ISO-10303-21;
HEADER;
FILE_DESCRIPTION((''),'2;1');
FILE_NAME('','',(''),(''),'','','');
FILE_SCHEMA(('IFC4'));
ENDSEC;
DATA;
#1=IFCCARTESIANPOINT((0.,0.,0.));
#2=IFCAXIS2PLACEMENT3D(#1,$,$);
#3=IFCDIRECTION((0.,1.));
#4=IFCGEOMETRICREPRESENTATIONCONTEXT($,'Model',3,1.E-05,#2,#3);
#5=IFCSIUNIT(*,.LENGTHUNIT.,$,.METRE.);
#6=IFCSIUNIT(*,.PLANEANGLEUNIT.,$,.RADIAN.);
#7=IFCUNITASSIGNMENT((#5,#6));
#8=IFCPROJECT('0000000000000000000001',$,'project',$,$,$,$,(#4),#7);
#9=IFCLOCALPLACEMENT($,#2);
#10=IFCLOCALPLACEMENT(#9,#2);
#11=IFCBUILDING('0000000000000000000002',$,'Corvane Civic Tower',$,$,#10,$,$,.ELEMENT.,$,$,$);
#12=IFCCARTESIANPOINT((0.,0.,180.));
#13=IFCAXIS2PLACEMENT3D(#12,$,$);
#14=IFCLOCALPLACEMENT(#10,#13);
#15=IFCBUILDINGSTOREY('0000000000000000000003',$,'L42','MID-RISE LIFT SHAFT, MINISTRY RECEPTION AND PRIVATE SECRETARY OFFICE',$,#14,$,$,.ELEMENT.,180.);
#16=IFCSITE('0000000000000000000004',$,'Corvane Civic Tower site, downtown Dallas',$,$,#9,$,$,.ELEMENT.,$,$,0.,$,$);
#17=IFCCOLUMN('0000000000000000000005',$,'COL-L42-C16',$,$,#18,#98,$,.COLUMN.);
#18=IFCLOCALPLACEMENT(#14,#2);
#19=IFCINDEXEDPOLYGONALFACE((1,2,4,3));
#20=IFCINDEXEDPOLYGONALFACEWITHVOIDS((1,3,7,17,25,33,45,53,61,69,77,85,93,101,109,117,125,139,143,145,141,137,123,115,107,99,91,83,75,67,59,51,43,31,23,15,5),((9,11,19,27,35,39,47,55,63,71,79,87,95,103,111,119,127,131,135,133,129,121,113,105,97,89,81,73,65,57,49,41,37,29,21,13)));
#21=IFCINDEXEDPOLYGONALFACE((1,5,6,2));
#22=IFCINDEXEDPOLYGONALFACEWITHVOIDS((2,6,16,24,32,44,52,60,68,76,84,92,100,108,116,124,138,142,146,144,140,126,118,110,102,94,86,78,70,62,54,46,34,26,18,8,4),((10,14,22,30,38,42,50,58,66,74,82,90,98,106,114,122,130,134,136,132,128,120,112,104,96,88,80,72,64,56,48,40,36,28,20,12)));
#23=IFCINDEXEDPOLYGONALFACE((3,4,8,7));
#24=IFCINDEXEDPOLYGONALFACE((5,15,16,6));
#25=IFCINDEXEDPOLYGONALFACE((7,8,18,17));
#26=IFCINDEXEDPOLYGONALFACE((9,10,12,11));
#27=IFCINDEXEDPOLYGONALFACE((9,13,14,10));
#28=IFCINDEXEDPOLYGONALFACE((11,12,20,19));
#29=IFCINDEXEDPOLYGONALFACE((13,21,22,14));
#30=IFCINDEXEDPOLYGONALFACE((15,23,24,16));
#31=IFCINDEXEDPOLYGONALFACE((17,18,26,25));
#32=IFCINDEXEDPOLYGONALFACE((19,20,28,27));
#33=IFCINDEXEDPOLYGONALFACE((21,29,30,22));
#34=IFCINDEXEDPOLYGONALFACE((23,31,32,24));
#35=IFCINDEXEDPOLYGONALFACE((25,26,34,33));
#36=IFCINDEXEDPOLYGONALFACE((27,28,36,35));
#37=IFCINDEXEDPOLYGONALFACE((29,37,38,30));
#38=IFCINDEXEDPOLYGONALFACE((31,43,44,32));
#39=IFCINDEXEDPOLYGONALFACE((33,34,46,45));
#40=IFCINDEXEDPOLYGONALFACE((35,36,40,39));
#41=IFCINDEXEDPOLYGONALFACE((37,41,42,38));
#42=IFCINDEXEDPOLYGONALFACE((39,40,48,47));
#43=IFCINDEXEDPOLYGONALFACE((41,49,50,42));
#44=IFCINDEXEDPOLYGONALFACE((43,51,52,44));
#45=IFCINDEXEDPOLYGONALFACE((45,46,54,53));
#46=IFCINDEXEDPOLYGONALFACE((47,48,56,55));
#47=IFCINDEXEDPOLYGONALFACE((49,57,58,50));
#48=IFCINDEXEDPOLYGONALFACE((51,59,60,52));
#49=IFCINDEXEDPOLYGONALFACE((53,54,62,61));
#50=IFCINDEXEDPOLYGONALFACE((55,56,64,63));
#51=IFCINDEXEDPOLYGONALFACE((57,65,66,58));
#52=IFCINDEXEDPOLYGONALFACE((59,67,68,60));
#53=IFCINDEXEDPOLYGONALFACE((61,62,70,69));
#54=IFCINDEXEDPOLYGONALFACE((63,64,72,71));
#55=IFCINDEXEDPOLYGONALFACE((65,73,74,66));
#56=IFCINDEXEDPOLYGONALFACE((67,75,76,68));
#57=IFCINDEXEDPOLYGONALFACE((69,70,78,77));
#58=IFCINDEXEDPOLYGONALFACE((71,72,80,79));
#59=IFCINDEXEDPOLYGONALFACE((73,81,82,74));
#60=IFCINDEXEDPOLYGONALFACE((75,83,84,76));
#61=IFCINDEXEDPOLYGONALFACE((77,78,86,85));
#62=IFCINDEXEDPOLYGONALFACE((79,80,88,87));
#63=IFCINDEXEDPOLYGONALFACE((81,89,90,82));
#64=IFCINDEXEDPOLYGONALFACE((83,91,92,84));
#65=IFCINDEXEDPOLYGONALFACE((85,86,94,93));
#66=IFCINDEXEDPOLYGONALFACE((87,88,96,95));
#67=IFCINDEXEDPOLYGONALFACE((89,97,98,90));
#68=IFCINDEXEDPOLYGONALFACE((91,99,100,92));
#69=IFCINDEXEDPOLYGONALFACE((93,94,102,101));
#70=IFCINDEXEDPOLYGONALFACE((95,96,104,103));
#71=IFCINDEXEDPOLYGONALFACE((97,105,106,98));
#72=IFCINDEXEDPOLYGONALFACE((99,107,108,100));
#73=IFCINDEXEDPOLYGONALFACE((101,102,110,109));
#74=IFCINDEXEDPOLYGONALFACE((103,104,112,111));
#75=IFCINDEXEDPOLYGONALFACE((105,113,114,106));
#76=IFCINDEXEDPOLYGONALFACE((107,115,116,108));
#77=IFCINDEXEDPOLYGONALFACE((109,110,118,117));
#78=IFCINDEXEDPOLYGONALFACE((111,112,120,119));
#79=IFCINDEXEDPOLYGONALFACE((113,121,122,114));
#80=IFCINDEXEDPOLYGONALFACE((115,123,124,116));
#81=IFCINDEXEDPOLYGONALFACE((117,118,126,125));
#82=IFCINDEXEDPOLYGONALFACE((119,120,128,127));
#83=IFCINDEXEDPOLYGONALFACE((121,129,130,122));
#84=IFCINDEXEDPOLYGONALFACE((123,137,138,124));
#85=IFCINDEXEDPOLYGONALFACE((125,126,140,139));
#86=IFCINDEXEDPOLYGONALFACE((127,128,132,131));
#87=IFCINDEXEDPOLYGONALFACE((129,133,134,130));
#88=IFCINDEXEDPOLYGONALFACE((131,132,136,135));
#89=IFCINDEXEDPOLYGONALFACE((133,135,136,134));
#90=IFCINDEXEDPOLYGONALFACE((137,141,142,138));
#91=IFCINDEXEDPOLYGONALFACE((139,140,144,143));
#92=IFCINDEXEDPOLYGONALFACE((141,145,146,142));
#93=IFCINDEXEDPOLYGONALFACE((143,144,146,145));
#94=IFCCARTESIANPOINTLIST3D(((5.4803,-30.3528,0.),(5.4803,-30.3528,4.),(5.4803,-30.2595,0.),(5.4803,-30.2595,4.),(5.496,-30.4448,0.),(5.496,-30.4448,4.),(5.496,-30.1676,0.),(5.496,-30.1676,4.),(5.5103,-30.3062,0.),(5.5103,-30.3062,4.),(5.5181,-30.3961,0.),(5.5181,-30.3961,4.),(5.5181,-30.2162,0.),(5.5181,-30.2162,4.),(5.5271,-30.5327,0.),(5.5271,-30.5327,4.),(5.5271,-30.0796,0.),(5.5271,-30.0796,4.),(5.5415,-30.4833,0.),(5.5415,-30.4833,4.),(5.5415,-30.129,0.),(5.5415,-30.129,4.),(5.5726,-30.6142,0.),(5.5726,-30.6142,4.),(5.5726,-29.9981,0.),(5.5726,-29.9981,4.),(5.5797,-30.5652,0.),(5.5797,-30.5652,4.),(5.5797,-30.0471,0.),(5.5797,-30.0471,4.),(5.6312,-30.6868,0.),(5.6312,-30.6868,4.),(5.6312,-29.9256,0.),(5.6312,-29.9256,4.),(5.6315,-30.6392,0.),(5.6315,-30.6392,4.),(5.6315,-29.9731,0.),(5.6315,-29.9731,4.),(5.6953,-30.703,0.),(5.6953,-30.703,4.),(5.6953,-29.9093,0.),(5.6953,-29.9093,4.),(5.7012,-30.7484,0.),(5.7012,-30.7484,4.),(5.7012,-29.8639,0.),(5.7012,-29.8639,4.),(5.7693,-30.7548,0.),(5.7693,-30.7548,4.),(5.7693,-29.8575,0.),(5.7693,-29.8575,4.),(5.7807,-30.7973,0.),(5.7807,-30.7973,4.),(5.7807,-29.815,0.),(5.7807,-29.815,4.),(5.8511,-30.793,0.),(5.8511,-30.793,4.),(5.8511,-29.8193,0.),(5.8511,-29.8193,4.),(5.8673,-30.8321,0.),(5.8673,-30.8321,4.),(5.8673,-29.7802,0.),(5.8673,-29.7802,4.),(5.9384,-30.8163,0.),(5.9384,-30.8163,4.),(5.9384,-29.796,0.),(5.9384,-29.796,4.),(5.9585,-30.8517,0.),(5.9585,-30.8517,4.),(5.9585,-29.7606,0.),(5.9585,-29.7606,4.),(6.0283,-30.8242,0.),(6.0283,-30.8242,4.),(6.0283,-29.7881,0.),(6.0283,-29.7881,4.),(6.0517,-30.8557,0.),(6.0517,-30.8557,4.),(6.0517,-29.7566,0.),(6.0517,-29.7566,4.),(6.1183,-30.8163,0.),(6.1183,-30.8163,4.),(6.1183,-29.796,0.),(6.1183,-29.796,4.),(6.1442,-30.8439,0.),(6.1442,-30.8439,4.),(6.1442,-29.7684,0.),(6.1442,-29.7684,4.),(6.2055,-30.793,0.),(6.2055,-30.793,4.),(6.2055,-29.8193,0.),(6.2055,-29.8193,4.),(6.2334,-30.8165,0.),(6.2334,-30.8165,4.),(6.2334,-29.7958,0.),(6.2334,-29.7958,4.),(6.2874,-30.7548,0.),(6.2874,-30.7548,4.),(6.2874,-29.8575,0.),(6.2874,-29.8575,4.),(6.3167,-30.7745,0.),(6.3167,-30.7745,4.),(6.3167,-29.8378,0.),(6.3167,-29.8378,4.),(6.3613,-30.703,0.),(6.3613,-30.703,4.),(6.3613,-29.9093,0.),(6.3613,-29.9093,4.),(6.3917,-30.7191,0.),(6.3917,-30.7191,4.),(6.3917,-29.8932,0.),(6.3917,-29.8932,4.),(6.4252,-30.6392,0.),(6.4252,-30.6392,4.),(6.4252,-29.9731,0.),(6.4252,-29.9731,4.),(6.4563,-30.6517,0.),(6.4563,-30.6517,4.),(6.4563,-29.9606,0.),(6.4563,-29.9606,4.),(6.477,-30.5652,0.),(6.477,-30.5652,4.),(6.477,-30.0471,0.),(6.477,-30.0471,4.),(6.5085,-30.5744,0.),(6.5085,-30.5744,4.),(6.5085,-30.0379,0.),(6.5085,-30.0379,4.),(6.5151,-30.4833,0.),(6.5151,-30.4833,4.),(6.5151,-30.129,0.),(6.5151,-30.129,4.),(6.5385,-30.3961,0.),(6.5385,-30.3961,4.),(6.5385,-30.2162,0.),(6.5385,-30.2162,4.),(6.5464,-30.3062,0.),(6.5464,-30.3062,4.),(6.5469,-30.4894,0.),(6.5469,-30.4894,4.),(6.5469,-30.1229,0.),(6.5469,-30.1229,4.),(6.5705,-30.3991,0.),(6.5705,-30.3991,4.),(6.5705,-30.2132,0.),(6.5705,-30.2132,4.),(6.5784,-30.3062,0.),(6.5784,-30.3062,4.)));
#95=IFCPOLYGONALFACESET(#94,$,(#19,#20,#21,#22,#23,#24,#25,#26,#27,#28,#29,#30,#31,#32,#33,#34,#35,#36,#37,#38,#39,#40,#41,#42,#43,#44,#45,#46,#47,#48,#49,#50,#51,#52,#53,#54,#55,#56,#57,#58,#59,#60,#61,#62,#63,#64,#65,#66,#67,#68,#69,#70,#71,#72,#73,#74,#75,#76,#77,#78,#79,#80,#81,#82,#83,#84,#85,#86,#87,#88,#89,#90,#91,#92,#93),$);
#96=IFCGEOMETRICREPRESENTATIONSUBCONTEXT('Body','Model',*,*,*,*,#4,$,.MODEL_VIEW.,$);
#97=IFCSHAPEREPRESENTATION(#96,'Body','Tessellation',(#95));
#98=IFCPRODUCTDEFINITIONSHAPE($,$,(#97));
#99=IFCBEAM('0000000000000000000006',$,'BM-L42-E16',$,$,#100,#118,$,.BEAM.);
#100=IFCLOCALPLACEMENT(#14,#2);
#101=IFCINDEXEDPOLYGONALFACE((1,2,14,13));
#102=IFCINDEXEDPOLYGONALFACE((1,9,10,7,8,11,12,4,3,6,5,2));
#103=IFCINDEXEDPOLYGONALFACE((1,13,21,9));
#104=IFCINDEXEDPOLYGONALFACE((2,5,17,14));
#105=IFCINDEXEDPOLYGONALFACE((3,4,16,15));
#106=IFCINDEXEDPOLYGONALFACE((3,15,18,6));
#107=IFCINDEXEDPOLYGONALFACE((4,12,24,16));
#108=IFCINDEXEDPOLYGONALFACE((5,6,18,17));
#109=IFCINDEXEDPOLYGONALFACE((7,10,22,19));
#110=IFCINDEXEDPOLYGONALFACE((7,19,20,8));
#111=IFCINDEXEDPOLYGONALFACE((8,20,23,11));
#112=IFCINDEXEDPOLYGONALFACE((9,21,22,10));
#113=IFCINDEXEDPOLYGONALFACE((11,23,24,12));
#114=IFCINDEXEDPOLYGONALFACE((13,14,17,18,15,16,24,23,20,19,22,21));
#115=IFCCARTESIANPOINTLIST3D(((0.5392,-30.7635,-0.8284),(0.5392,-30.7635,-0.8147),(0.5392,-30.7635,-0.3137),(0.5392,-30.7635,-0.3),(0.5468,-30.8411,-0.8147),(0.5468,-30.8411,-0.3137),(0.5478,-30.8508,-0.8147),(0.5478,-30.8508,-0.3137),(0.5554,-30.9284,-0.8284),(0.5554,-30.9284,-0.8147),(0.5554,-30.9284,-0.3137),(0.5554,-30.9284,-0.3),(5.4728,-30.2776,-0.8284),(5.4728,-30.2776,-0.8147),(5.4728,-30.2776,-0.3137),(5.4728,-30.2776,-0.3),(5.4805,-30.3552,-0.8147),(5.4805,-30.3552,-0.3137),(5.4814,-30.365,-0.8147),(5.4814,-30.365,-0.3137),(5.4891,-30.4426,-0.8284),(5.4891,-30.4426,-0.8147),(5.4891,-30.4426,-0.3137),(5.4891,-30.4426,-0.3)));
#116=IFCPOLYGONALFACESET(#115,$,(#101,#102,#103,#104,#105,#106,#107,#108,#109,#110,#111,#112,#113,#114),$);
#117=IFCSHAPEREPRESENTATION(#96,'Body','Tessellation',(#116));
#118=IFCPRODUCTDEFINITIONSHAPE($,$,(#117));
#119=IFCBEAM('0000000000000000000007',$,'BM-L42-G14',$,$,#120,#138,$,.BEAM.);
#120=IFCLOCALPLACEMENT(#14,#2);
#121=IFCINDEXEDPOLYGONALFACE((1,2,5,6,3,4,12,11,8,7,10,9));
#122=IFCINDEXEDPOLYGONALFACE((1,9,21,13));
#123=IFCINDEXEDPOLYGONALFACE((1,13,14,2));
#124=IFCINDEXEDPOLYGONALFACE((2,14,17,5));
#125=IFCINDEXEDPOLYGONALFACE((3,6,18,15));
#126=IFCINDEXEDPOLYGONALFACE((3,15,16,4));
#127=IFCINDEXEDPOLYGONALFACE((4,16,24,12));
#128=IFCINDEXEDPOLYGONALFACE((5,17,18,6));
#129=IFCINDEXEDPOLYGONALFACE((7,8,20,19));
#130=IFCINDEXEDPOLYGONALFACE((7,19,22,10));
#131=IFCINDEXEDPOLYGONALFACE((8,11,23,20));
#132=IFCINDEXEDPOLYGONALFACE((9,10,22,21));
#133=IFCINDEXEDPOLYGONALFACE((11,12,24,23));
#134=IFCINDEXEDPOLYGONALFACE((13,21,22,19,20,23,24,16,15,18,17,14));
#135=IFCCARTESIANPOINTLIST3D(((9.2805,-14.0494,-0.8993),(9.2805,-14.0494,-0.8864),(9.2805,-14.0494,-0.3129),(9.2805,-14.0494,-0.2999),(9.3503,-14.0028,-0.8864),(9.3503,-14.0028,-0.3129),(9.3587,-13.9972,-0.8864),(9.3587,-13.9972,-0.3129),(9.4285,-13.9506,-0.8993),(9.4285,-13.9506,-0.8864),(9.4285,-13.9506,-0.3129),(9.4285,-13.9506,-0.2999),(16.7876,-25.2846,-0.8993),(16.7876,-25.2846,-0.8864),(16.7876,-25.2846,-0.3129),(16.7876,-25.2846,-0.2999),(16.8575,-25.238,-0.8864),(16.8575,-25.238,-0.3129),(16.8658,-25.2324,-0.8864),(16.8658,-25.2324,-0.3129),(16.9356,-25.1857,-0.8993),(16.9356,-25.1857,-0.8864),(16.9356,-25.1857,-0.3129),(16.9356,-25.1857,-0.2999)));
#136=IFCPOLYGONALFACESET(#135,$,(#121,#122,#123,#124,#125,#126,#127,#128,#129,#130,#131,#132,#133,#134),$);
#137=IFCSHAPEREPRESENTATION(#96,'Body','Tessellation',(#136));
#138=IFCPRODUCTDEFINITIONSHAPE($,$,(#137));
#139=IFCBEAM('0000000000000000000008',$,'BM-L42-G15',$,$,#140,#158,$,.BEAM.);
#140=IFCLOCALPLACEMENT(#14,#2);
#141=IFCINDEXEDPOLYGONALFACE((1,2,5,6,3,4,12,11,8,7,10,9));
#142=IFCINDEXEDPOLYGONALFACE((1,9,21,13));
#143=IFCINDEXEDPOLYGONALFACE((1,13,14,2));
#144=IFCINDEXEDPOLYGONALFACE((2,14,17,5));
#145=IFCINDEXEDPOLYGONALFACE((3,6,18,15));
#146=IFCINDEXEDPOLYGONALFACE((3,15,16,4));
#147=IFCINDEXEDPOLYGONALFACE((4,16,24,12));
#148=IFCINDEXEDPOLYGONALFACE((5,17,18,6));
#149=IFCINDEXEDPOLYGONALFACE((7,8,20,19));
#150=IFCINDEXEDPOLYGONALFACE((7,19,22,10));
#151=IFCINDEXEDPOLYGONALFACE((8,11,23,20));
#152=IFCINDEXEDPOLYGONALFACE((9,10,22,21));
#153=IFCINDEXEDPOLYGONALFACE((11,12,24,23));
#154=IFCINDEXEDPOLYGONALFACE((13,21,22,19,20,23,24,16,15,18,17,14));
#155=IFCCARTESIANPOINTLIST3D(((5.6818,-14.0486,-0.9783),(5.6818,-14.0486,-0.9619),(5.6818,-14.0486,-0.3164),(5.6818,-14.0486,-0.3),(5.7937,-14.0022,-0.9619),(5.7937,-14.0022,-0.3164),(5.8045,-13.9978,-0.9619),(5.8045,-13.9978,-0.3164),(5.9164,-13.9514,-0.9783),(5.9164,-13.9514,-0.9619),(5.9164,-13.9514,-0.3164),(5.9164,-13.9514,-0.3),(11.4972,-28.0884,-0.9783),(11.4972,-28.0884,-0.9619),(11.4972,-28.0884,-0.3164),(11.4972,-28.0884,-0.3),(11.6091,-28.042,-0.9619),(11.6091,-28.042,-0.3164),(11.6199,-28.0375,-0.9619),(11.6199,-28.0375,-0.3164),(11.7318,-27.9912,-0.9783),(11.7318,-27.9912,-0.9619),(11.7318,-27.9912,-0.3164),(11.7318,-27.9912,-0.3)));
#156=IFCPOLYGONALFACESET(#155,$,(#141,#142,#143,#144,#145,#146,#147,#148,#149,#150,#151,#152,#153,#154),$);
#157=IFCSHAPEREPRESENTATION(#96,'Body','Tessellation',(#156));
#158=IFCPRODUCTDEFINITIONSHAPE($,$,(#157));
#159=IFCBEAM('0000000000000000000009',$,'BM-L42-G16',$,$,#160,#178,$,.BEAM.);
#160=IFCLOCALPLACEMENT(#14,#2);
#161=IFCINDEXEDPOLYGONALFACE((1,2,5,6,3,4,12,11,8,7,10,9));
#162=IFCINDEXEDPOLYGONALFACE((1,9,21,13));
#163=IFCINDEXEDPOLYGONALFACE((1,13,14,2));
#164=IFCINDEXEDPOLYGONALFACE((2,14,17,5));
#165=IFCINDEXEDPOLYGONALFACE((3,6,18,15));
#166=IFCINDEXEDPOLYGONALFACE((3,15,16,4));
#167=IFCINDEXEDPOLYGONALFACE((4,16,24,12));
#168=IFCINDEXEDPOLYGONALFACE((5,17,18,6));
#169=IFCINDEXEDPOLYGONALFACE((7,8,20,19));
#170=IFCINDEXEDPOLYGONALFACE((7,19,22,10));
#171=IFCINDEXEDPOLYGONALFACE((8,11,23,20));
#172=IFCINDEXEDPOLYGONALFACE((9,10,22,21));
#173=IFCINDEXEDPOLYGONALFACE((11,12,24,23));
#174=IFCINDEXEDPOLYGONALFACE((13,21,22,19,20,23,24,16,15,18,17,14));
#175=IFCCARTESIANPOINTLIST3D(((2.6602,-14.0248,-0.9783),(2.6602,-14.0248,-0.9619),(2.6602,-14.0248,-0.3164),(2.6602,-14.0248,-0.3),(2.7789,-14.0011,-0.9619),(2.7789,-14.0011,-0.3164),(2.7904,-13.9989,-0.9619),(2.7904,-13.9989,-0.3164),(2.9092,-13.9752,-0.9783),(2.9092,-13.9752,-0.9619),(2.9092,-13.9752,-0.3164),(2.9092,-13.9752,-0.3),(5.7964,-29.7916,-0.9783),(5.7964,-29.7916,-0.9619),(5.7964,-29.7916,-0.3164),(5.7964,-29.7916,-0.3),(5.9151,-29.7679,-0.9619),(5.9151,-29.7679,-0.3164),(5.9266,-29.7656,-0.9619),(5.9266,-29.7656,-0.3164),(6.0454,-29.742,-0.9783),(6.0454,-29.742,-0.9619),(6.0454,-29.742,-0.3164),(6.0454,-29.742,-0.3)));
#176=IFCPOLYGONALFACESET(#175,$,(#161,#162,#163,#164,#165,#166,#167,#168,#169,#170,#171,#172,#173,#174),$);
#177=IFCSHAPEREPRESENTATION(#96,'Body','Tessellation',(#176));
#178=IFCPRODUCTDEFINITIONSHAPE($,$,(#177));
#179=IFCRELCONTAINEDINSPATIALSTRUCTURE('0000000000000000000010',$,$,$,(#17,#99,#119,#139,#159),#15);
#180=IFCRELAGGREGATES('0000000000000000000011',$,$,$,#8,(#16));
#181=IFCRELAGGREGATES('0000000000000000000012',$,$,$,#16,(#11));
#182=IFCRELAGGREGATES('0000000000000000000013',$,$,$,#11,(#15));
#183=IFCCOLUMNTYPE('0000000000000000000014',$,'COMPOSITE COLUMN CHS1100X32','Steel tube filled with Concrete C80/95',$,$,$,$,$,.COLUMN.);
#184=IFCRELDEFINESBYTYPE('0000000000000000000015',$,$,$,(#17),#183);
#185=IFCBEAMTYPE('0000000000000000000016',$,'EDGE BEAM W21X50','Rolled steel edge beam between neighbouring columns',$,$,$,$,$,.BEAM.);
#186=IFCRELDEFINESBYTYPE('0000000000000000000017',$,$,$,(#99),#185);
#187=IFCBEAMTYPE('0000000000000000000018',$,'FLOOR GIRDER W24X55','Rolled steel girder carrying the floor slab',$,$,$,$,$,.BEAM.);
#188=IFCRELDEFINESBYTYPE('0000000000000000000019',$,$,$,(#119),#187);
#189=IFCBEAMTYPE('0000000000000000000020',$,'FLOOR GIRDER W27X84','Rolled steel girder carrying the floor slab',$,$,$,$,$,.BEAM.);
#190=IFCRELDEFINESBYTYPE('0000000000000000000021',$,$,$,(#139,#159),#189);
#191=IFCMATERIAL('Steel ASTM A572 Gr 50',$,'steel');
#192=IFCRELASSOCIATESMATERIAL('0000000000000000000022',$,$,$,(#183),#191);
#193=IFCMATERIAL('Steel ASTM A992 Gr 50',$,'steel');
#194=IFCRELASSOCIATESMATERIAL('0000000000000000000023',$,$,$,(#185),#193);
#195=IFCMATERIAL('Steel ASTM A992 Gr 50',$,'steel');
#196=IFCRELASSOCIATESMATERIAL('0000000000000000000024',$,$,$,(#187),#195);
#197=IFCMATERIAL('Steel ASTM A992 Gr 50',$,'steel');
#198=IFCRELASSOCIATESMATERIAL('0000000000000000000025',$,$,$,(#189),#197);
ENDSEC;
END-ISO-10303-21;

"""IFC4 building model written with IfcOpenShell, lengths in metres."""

from ifc_helpers import new_model, si_unit, direction, frame, origin, origin_2d, place, context, subcontext, project, spatial, hollow_circle, i_section, extrude, material, material_profile, profile_set, type_object, element, save


model = new_model("IFC4")

# Units and contexts
model_context = context("Model", 3, precision=1e-05, world=origin(), true_north=direction((0.0, 1.0)))
body_context = subcontext(model_context, "Body", "Model", "MODEL_VIEW")
ifc_project = project(units=[si_unit("LENGTHUNIT", "METRE"), si_unit("PLANEANGLEUNIT", "RADIAN")], contexts=[model_context])

# Site, building, storey
site_placement = place(None, origin())
site = spatial("IfcSite", under=ifc_project, at=site_placement, Name="Corvane Civic Tower site, downtown Dallas", CompositionType="ELEMENT", RefElevation=0.0)
building_placement = place(site_placement, origin())
building = spatial("IfcBuilding", under=site, at=building_placement, Name="Corvane Civic Tower", CompositionType="ELEMENT")
storey_placement = place(building_placement, frame((0.0, 0.0, 180.0)))
storey = spatial("IfcBuildingStorey", under=building, at=storey_placement, Name="L42", Description="MID-RISE LIFT SHAFT, MINISTRY RECEPTION AND PRIVATE SECRETARY OFFICE", CompositionType="ELEMENT", Elevation=180.0)

# Column
ifc_material_1 = material(Name="Steel ASTM A572 Gr 50", Category="steel")
ifc_material_profile_1 = material_profile(ifc_material_1, hollow_circle(Radius=0.55, WallThickness=0.032, at=origin_2d()), Name="CHS1100X32")
ifc_profile_set_1 = profile_set([ifc_material_profile_1], Name="Steel ASTM A572 Gr 50")
column_type = type_object("IfcColumnType", Name="COMPOSITE COLUMN CHS1100X32", Description="Steel tube filled with Concrete C80/95", PredefinedType="COLUMN", material=ifc_profile_set_1)
column_placement = place(storey_placement, frame((6.0283, -30.3062, 0.0), z_axis=(0.0, 0.0, 1.0), x_axis=(1.0, 0.0, 0.0)))
element("IfcColumn", 1, at=column_placement, inside=storey, type_object=column_type, Name="COL-L42-C16", PredefinedType="COLUMN", context=body_context, shape_type="SweptSolid", body=[
    extrude(hollow_circle(Radius=0.55, WallThickness=0.032, at=origin_2d()), origin(), (0.0, 0.0, 1.0), 4.0),
])

# Beams
ifc_material_2 = material(Name="Steel ASTM A992 Gr 50", Category="steel")
ifc_material_profile_2 = material_profile(ifc_material_2, i_section(OverallWidth=0.1658, OverallDepth=0.5283, WebThickness=0.0098, FlangeThickness=0.0137, at=origin_2d()), Name="W21X50")
ifc_profile_set_2 = profile_set([ifc_material_profile_2], Name="Steel ASTM A992 Gr 50")
beam_type_1 = type_object("IfcBeamType", Name="EDGE BEAM W21X50", Description="Rolled steel edge beam between neighbouring columns", PredefinedType="BEAM", material=ifc_profile_set_2)
beam_1_placement = place(storey_placement, frame((5.481, -30.3601, -0.5642), z_axis=(-0.995186, -0.098002, 0.0), x_axis=(0.098002, -0.995186, 0.0)))
element("IfcBeam", 2, at=beam_1_placement, inside=storey, type_object=beam_type_1, Name="BM-L42-E16", PredefinedType="BEAM", context=body_context, shape_type="SweptSolid", body=[
    extrude(i_section(OverallWidth=0.1658, OverallDepth=0.5283, WebThickness=0.0098, FlangeThickness=0.0137, at=origin_2d()), origin(), (0.0, 0.0, 1.0), 4.9575),
])
ifc_material_3 = material(Name="Steel ASTM A992 Gr 50", Category="steel")
ifc_material_profile_3 = material_profile(ifc_material_3, i_section(OverallWidth=0.178, OverallDepth=0.5994, WebThickness=0.01, FlangeThickness=0.0129, at=origin_2d()), Name="W24X55")
ifc_profile_set_3 = profile_set([ifc_material_profile_3], Name="Steel ASTM A992 Gr 50")
beam_type_2 = type_object("IfcBeamType", Name="FLOOR GIRDER W24X55", Description="Rolled steel girder carrying the floor slab", PredefinedType="BEAM", material=ifc_profile_set_3)
beam_2_placement = place(storey_placement, frame((9.3545, -14.0, -0.5996), z_axis=(0.555571, -0.831469, 0.0), x_axis=(0.831469, 0.555571, 0.0)))
element("IfcBeam", 3, at=beam_2_placement, inside=storey, type_object=beam_type_2, Name="BM-L42-G14", PredefinedType="BEAM", context=body_context, shape_type="SweptSolid", body=[
    extrude(i_section(OverallWidth=0.178, OverallDepth=0.5994, WebThickness=0.01, FlangeThickness=0.0129, at=origin_2d()), origin(), (0.0, 0.0, 1.0), 13.5125),
])
ifc_material_4 = material(Name="Steel ASTM A992 Gr 50", Category="steel")
ifc_material_profile_4 = material_profile(ifc_material_4, i_section(OverallWidth=0.2539, OverallDepth=0.6782, WebThickness=0.0117, FlangeThickness=0.0164, at=origin_2d()), Name="W27X84")
ifc_profile_set_4 = profile_set([ifc_material_profile_4], Name="Steel ASTM A992 Gr 50")
beam_type_3 = type_object("IfcBeamType", Name="FLOOR GIRDER W27X84", Description="Rolled steel girder carrying the floor slab", PredefinedType="BEAM", material=ifc_profile_set_4)
beam_3_placement = place(storey_placement, frame((5.7991, -14.0, -0.6392), z_axis=(0.382681, -0.923881, 0.0), x_axis=(0.923881, 0.382681, 0.0)))
element("IfcBeam", 4, at=beam_3_placement, inside=storey, type_object=beam_type_3, Name="BM-L42-G15", PredefinedType="BEAM", context=body_context, shape_type="SweptSolid", body=[
    extrude(i_section(OverallWidth=0.2539, OverallDepth=0.6782, WebThickness=0.0117, FlangeThickness=0.0164, at=origin_2d()), origin(), (0.0, 0.0, 1.0), 15.1965),
])
beam_4_placement = place(storey_placement, frame((2.7847, -14.0, -0.6392), z_axis=(0.195091, -0.980785, 0.0), x_axis=(0.980785, 0.195091, 0.0)))
element("IfcBeam", 5, at=beam_4_placement, inside=storey, type_object=beam_type_3, Name="BM-L42-G16", PredefinedType="BEAM", context=body_context, shape_type="SweptSolid", body=[
    extrude(i_section(OverallWidth=0.2539, OverallDepth=0.6782, WebThickness=0.0117, FlangeThickness=0.0164, at=origin_2d()), origin(), (0.0, 0.0, 1.0), 16.0757),
])

save(model, "model.ifc")
